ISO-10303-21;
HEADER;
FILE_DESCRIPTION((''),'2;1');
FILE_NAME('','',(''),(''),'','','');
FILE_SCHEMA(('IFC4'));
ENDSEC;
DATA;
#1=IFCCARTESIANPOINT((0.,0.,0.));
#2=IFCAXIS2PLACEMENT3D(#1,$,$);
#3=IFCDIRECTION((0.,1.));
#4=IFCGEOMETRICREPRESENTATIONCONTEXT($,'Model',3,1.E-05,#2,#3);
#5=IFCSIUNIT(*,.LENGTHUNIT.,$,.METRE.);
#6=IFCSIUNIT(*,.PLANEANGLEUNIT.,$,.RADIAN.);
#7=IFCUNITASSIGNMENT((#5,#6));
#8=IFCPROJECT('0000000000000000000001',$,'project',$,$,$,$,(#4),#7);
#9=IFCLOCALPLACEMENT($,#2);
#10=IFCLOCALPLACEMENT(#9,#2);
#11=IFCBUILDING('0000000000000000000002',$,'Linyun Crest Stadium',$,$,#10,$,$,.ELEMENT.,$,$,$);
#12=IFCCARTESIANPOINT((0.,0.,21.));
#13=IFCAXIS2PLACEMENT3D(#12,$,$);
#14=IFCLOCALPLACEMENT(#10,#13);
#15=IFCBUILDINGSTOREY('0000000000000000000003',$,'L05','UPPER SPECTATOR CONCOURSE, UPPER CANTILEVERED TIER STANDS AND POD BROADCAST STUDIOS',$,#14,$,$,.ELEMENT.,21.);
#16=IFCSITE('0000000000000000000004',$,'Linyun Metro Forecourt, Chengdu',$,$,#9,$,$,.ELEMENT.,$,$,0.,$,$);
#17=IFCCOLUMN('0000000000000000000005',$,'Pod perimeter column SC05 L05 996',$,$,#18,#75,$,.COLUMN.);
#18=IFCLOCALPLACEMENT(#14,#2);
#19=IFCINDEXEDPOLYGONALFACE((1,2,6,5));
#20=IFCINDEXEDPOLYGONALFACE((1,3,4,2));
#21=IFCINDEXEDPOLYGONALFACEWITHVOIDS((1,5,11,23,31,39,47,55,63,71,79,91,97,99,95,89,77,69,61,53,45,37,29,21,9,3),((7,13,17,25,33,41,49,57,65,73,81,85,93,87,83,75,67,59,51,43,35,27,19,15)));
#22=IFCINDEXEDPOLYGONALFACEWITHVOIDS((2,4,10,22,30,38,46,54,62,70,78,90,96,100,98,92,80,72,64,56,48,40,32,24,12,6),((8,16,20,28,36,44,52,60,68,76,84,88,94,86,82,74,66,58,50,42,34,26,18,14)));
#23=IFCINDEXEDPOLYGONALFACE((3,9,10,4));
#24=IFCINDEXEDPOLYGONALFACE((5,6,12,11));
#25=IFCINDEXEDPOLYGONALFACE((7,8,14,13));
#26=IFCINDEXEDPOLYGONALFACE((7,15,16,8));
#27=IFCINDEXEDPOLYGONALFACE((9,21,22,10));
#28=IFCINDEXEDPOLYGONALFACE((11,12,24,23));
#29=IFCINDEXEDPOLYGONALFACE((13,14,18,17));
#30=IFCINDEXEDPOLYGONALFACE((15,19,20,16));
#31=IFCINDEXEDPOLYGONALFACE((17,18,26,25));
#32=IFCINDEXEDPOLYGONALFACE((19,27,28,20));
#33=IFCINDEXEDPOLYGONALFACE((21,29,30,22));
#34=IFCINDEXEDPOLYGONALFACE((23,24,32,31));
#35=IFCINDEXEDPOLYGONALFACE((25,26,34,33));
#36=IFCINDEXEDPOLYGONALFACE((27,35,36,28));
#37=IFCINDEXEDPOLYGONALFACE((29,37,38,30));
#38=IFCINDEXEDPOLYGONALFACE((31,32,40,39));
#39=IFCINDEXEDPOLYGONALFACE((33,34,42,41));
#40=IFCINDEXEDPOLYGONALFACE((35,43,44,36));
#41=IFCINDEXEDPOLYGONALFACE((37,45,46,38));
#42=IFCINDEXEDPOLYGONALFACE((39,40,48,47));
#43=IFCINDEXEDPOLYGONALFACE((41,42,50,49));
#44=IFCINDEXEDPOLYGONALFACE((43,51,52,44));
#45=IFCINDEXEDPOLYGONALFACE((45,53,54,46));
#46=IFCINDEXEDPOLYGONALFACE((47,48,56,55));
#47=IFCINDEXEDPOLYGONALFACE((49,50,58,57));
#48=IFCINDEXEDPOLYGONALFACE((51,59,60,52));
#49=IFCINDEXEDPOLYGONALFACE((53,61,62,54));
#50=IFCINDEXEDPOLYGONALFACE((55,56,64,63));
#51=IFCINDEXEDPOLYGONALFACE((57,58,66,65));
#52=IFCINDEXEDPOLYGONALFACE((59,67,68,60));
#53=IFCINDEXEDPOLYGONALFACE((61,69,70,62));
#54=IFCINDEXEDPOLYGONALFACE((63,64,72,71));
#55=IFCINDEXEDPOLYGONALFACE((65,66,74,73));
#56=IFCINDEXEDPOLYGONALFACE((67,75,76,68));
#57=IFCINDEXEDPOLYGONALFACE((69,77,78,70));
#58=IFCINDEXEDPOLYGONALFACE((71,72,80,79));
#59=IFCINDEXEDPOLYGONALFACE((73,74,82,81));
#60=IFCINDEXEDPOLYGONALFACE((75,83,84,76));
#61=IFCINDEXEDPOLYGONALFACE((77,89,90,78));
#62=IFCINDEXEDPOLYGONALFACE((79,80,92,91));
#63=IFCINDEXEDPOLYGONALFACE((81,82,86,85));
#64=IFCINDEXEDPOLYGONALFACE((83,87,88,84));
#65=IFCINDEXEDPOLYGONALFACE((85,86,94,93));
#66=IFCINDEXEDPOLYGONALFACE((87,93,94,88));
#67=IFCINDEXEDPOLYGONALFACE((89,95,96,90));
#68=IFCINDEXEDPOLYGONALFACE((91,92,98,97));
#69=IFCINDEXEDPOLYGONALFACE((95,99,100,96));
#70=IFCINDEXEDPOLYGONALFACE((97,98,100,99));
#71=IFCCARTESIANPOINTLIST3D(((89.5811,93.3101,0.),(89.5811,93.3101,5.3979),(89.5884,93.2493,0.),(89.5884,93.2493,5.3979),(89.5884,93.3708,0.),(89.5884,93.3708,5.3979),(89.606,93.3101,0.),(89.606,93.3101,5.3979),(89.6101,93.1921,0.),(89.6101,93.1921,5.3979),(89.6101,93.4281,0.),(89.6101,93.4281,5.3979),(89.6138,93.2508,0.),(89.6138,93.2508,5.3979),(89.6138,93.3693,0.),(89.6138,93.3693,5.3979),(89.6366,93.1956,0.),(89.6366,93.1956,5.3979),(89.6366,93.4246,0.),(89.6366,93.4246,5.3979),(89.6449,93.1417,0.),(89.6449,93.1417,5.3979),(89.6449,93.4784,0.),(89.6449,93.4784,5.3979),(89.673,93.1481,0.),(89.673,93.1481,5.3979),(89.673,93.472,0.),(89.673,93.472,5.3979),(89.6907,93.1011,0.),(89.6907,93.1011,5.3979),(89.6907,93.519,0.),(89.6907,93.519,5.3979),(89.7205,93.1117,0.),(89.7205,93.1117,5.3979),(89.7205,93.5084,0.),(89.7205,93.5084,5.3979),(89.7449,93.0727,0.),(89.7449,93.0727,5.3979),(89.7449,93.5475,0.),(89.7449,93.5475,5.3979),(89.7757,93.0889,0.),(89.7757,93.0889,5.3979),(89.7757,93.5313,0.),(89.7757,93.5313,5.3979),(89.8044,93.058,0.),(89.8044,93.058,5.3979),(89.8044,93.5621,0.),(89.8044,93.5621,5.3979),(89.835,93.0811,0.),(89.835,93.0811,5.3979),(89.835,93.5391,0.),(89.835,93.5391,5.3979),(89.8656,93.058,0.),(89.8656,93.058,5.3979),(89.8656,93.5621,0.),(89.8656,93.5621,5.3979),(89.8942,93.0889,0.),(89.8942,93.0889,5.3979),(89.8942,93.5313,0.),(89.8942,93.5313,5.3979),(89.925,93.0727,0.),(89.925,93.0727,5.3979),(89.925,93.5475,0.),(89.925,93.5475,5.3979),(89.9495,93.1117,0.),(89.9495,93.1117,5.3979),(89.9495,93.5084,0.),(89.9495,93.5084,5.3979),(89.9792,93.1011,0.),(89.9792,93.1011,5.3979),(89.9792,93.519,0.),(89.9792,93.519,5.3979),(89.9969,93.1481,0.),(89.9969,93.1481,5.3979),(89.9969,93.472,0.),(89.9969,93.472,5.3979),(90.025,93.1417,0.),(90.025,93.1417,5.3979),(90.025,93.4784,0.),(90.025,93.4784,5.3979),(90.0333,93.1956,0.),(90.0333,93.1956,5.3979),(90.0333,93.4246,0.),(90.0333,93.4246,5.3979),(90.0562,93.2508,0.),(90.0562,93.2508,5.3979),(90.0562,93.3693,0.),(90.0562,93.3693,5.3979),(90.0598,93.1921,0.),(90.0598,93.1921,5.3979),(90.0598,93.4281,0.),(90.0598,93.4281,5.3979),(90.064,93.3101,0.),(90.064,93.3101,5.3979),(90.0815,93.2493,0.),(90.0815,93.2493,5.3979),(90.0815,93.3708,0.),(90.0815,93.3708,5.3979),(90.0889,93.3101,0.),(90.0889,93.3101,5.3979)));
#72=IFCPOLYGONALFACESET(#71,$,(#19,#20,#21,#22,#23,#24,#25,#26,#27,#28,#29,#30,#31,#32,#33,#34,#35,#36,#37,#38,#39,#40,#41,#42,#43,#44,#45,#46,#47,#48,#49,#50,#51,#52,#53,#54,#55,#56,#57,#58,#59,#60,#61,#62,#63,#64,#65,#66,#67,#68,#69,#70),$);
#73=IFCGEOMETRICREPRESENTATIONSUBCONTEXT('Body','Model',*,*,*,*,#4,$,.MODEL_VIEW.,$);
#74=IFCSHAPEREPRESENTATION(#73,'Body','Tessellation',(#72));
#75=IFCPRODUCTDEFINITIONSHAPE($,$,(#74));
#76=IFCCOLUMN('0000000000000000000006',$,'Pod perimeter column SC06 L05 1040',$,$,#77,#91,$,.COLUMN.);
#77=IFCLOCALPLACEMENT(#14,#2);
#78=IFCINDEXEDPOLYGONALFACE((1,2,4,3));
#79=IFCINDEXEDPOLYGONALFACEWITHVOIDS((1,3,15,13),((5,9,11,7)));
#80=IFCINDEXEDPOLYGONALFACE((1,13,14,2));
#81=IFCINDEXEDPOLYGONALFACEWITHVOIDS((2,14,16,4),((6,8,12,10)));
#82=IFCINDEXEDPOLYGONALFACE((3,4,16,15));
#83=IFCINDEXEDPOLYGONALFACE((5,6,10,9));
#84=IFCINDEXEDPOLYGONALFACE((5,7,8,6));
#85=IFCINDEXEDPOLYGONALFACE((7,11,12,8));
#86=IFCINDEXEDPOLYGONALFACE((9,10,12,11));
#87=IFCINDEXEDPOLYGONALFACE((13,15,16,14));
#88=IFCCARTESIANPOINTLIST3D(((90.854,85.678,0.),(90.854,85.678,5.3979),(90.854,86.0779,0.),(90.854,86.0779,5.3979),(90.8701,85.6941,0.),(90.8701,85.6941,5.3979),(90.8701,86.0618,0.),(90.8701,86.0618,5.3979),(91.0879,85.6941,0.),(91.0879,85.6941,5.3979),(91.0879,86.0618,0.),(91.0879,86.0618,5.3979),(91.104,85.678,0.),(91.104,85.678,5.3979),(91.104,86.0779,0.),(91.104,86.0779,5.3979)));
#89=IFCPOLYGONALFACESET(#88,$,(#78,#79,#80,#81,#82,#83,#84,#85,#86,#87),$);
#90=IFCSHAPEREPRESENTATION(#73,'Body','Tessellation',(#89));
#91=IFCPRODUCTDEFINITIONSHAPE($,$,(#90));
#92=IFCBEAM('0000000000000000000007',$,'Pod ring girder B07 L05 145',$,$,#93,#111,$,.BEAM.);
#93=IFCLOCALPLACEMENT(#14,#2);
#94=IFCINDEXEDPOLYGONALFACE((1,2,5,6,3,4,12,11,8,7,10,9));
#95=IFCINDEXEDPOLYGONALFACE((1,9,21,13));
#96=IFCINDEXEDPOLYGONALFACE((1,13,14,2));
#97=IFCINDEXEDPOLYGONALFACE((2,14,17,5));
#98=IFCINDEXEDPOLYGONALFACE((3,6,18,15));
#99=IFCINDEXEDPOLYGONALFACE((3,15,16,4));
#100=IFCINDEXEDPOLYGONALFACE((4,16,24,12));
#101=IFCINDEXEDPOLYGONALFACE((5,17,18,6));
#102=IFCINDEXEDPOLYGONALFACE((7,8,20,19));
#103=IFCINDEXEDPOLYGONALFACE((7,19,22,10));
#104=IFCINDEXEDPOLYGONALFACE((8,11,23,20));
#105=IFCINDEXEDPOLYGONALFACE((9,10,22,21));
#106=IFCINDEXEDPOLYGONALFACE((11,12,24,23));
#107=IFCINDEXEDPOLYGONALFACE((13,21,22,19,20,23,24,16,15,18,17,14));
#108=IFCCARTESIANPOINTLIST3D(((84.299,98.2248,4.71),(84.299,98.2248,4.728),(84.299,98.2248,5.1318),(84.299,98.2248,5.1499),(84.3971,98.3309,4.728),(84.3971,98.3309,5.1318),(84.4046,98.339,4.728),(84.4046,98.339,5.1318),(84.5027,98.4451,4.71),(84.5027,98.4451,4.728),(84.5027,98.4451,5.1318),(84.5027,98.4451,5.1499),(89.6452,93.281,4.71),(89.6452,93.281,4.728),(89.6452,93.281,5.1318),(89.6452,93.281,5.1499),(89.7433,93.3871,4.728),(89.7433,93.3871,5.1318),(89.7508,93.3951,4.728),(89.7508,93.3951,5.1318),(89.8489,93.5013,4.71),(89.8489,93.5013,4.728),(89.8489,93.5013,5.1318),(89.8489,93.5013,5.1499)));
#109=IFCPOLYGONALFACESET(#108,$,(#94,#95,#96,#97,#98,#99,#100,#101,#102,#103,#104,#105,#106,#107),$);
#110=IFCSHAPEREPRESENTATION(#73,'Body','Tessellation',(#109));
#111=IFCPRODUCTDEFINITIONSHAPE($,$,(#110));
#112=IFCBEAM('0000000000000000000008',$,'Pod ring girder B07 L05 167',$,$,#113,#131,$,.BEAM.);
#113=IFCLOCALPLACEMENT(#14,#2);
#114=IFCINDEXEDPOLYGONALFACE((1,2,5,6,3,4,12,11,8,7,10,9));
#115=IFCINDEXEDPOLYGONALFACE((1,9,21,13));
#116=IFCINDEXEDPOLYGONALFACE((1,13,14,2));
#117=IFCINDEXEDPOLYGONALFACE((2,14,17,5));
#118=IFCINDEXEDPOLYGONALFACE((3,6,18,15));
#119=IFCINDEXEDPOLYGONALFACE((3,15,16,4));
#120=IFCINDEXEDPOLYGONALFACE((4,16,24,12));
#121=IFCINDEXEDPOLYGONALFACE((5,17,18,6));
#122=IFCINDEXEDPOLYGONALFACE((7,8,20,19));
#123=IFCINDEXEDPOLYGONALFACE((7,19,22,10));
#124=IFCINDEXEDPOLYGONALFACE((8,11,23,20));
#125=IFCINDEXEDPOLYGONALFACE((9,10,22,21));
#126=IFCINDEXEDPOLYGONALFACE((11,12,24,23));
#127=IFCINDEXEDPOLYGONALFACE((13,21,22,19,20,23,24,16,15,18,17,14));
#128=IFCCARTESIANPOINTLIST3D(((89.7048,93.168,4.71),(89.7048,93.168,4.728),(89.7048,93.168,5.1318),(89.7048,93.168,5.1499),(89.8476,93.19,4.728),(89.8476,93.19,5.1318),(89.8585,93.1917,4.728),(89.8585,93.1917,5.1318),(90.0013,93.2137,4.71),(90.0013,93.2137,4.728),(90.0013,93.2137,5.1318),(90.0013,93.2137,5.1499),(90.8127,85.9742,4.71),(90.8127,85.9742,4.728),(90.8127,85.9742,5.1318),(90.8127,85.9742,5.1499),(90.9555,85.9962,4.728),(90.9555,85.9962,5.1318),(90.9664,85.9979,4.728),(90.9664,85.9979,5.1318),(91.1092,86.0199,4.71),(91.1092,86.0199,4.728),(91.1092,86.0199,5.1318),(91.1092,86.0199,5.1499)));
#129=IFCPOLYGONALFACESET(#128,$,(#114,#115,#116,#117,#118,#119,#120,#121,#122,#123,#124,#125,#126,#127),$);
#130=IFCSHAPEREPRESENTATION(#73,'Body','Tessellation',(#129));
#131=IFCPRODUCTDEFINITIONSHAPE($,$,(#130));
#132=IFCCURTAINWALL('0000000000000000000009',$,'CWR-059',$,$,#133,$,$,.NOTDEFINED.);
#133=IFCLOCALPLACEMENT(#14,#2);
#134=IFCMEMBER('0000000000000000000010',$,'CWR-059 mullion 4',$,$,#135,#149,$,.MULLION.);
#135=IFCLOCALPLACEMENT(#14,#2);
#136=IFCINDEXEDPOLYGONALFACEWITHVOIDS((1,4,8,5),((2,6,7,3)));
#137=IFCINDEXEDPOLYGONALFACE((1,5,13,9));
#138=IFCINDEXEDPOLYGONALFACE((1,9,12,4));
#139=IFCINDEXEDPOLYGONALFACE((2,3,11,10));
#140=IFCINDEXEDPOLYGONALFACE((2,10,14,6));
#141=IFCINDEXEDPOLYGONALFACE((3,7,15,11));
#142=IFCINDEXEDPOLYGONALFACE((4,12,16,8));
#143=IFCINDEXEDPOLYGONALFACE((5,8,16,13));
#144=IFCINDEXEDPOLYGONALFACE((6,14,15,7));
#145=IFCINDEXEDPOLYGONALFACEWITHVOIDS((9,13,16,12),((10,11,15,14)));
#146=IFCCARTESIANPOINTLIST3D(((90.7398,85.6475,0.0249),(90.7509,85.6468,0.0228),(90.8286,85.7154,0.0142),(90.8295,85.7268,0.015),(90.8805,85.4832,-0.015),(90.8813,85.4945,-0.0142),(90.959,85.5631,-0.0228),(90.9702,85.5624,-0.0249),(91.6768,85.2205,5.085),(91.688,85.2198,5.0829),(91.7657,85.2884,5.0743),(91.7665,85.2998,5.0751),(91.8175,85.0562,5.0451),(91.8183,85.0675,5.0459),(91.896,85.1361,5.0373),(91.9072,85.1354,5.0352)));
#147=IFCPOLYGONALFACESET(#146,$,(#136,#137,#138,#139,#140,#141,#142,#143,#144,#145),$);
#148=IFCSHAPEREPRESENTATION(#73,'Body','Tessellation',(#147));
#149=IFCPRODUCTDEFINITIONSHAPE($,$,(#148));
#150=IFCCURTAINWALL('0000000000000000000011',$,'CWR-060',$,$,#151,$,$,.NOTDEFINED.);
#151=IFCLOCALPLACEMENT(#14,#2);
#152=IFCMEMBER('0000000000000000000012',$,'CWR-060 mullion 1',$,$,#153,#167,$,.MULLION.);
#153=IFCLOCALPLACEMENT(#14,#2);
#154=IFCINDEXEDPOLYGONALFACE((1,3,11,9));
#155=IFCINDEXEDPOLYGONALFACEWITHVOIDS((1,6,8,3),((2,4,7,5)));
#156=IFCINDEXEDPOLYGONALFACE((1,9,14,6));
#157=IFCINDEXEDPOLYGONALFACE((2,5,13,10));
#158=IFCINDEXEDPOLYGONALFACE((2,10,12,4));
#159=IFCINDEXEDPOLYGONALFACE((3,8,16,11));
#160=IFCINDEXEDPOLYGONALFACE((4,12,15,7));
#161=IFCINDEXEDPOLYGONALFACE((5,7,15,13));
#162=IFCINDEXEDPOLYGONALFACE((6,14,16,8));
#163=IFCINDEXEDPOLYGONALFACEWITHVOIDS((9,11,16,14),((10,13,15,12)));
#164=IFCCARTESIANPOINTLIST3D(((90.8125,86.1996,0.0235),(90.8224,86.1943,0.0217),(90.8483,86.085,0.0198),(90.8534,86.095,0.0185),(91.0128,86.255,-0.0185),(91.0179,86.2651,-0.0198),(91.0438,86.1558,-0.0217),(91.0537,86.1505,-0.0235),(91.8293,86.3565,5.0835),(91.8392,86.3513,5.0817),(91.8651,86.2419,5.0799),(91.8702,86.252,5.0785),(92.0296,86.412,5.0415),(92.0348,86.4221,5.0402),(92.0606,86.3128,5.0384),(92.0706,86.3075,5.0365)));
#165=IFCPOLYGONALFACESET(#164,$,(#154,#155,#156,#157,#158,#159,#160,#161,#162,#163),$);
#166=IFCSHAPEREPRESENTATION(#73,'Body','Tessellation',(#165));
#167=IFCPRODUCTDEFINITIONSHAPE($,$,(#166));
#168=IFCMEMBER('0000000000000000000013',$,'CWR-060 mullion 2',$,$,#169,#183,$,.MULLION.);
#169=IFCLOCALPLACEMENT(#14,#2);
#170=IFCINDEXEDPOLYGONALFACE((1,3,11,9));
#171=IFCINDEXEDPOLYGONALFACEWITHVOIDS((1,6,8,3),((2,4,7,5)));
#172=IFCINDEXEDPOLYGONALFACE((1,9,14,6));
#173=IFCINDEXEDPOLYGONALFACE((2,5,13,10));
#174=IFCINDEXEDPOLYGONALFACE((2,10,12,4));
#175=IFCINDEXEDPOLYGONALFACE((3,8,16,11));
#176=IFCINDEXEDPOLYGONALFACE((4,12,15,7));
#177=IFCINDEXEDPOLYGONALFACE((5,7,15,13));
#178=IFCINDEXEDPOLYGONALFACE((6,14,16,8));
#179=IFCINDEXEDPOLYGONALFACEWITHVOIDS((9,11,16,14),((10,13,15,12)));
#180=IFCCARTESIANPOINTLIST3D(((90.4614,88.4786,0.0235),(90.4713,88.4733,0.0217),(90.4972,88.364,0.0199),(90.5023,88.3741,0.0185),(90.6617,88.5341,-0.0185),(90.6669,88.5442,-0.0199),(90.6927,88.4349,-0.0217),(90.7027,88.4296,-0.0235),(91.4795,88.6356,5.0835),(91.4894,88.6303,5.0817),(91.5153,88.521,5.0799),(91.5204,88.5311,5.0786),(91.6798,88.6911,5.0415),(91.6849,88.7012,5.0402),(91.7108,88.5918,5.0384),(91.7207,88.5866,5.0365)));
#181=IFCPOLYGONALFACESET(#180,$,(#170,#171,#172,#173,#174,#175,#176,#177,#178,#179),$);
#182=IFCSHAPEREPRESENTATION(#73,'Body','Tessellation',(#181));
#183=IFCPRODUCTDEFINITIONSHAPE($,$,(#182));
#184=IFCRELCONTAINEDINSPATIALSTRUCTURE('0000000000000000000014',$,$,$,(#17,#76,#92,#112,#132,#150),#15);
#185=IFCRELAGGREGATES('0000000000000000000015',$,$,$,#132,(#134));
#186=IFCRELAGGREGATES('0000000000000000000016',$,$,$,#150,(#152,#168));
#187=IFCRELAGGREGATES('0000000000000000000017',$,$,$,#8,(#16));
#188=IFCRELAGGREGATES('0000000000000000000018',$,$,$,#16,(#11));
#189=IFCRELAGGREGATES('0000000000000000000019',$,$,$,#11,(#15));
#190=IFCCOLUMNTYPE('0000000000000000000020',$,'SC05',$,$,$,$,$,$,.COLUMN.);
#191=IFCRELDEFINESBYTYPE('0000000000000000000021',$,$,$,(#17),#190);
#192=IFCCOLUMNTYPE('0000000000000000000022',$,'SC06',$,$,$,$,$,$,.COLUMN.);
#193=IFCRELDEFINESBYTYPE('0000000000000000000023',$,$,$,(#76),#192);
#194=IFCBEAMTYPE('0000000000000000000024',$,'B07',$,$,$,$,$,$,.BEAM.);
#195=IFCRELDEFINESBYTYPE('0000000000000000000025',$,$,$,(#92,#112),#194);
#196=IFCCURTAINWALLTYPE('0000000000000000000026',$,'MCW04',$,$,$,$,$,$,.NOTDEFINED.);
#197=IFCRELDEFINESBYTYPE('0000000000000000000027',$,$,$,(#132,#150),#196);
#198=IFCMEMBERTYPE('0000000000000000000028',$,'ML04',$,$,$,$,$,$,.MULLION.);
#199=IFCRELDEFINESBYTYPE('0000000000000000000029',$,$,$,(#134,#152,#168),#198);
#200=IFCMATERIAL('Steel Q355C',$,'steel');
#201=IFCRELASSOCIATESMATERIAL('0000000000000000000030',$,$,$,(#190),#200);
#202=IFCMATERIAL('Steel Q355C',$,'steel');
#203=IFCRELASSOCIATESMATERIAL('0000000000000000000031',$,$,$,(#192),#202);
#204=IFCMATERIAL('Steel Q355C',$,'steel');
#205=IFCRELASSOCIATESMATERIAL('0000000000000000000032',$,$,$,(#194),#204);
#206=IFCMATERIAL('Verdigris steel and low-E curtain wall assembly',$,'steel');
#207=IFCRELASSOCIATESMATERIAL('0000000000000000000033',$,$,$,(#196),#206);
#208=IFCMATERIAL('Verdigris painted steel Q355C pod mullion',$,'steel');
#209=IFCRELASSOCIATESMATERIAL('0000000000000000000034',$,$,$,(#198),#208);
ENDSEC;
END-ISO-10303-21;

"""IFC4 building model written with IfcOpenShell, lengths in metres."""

from ifc_helpers import new_model, si_unit, direction, frame, origin, origin_2d, place, context, subcontext, project, spatial, hollow_rectangle, hollow_circle, i_section, extrude, material, material_profile, profile_set, type_object, element, aggregate, save


model = new_model("IFC4")

# Units and contexts
model_context = context("Model", 3, precision=1e-05, world=origin(), true_north=direction((0.0, 1.0)))
body_context = subcontext(model_context, "Body", "Model", "MODEL_VIEW")
ifc_project = project(units=[si_unit("LENGTHUNIT", "METRE"), si_unit("PLANEANGLEUNIT", "RADIAN")], contexts=[model_context])

# Site, building, storey
site_placement = place(None, origin())
site = spatial("IfcSite", under=ifc_project, at=site_placement, Name="Linyun Metro Forecourt, Chengdu", CompositionType="ELEMENT", RefElevation=0.0)
building_placement = place(site_placement, origin())
building = spatial("IfcBuilding", under=site, at=building_placement, Name="Linyun Crest Stadium", CompositionType="ELEMENT")
storey_placement = place(building_placement, frame((0.0, 0.0, 21.0)))
storey = spatial("IfcBuildingStorey", under=building, at=storey_placement, Name="L05", Description="UPPER SPECTATOR CONCOURSE, UPPER CANTILEVERED TIER STANDS AND POD BROADCAST STUDIOS", CompositionType="ELEMENT", Elevation=21.0)

# Columns
ifc_material_1 = material(Name="Steel Q355C", Category="steel")
ifc_material_profile_1 = material_profile(ifc_material_1, hollow_circle(Radius=0.2539, WallThickness=0.0249, at=origin_2d()), Name="CHS 508x25")
ifc_profile_set_1 = profile_set([ifc_material_profile_1], Name="Steel Q355C")
column_type_1 = type_object("IfcColumnType", Name="SC05", PredefinedType="COLUMN", material=ifc_profile_set_1)
column_1_placement = place(storey_placement, frame((89.835, 93.3101, 0.0), z_axis=(0.0, 0.0, 1.0), x_axis=(1.0, 0.0, 0.0)))
element("IfcColumn", 1, at=column_1_placement, inside=storey, type_object=column_type_1, Name="Pod perimeter column SC05 L05 996", PredefinedType="COLUMN", context=body_context, shape_type="SweptSolid", body=[
    extrude(hollow_circle(Radius=0.2539, WallThickness=0.0249, at=origin_2d()), origin(), (0.0, 0.0, 1.0), 5.3979),
])
ifc_material_2 = material(Name="Steel Q355C", Category="steel")
ifc_material_profile_2 = material_profile(ifc_material_2, hollow_rectangle(XDim=0.25, YDim=0.3999, WallThickness=0.0161, at=origin_2d()), Name="RHS 400x250x16")
ifc_profile_set_2 = profile_set([ifc_material_profile_2], Name="Steel Q355C")
column_type_2 = type_object("IfcColumnType", Name="SC06", PredefinedType="COLUMN", material=ifc_profile_set_2)
column_2_placement = place(storey_placement, frame((90.979, 85.8779, 0.0), z_axis=(0.0, 0.0, 1.0), x_axis=(1.0, 0.0, 0.0)))
element("IfcColumn", 2, at=column_2_placement, inside=storey, type_object=column_type_2, Name="Pod perimeter column SC06 L05 1040", PredefinedType="COLUMN", context=body_context, shape_type="SweptSolid", body=[
    extrude(hollow_rectangle(XDim=0.25, YDim=0.3999, WallThickness=0.0161, at=origin_2d()), origin(), (0.0, 0.0, 1.0), 5.3979),
])

# Beams
ifc_material_3 = material(Name="Steel Q355C", Category="steel")
ifc_material_profile_3 = material_profile(ifc_material_3, i_section(OverallWidth=0.3, OverallDepth=0.4399, WebThickness=0.011, FlangeThickness=0.0181, at=origin_2d()), Name="HM 440x300")
ifc_profile_set_3 = profile_set([ifc_material_profile_3], Name="Steel Q355C")
beam_type = type_object("IfcBeamType", Name="B07", PredefinedType="BEAM", material=ifc_profile_set_3)
beam_1_placement = place(storey_placement, frame((89.7471, 93.3911, 4.9299), z_axis=(-0.734194, 0.67894, 0.0), x_axis=(-0.67894, -0.734194, 0.0)))
element("IfcBeam", 3, at=beam_1_placement, inside=storey, type_object=beam_type, Name="Pod ring girder B07 L05 145", PredefinedType="BEAM", context=body_context, shape_type="SweptSolid", body=[
    extrude(i_section(OverallWidth=0.3, OverallDepth=0.4399, WebThickness=0.011, FlangeThickness=0.0181, at=origin_2d()), origin(), (0.0, 0.0, 1.0), 7.2817),
])
beam_2_placement = place(storey_placement, frame((90.9609, 85.9971, 4.9299), z_axis=(-0.152213, 0.988348, 0.0), x_axis=(-0.988348, -0.152213, 0.0)))
element("IfcBeam", 4, at=beam_2_placement, inside=storey, type_object=beam_type, Name="Pod ring girder B07 L05 167", PredefinedType="BEAM", context=body_context, shape_type="SweptSolid", body=[
    extrude(i_section(OverallWidth=0.3, OverallDepth=0.4399, WebThickness=0.011, FlangeThickness=0.0181, at=origin_2d()), origin(), (0.0, 0.0, 1.0), 7.2786),
])

# Curtain wall, member
ifc_material_4 = material(Name="Verdigris steel and low-E curtain wall assembly", Category="steel")
curtain_wall_type = type_object("IfcCurtainWallType", Name="MCW04", PredefinedType="NOTDEFINED", material=ifc_material_4)
curtain_wall_1_placement = place(storey_placement, origin())
curtain_wall_1 = element("IfcCurtainWall", 5, at=curtain_wall_1_placement, inside=storey, type_object=curtain_wall_type, Name="CWR-059", PredefinedType="NOTDEFINED")
ifc_material_5 = material(Name="Verdigris painted steel Q355C pod mullion", Category="steel")
ifc_material_profile_4 = material_profile(ifc_material_5, hollow_rectangle(XDim=0.1201, YDim=0.22, WallThickness=0.0081, at=origin_2d()), Name="RHS 220x120x8")
ifc_profile_set_4 = profile_set([ifc_material_profile_4], Name="Verdigris painted steel Q355C pod mullion")
member_type_1 = type_object("IfcMemberType", Name="ML04", PredefinedType="MULLION", material=ifc_profile_set_4)
member_1_placement = place(storey_placement, frame((90.855, 85.605, 0.0), z_axis=(0.181459, -0.082692, 0.979916), x_axis=(-0.747008, -0.659656, 0.082663)))
member_1 = element("IfcMember", 6, at=member_1_placement, type_object=member_type_1, Name="CWR-059 mullion 4", PredefinedType="MULLION", context=body_context, shape_type="SweptSolid", body=[
    extrude(hollow_rectangle(XDim=0.1201, YDim=0.22, WallThickness=0.0081, at=origin_2d()), origin(), (0.0, 0.0, 1.0), 5.1638),
])
aggregate(curtain_wall_1, [member_1])

# Curtain wall, members
curtain_wall_2_placement = place(storey_placement, origin())
curtain_wall_2 = element("IfcCurtainWall", 7, at=curtain_wall_2_placement, inside=storey, type_object=curtain_wall_type, Name="CWR-060", PredefinedType="NOTDEFINED")
member_2_placement = place(storey_placement, frame((90.9331, 86.175, 0.0), z_axis=(0.196926, 0.030402, 0.979947), x_axis=(0.298126, -0.954045, -0.030312)))
member_2 = element("IfcMember", 8, at=member_2_placement, type_object=member_type_1, Name="CWR-060 mullion 1", PredefinedType="MULLION", context=body_context, shape_type="SweptSolid", body=[
    extrude(hollow_rectangle(XDim=0.1201, YDim=0.22, WallThickness=0.0081, at=origin_2d()), origin(), (0.0, 0.0, 1.0), 5.1636),
])
member_3_placement = place(storey_placement, frame((90.582, 88.4541, 0.0), z_axis=(0.197153, 0.0304, 0.979901), x_axis=(0.297947, -0.9541, -0.030346)))
member_3 = element("IfcMember", 9, at=member_3_placement, type_object=member_type_1, Name="CWR-060 mullion 2", PredefinedType="MULLION", context=body_context, shape_type="SweptSolid", body=[
    extrude(hollow_rectangle(XDim=0.1201, YDim=0.22, WallThickness=0.0081, at=origin_2d()), origin(), (0.0, 0.0, 1.0), 5.1638),
])
aggregate(curtain_wall_2, [member_2, member_3])

save(model, "model.ifc")
